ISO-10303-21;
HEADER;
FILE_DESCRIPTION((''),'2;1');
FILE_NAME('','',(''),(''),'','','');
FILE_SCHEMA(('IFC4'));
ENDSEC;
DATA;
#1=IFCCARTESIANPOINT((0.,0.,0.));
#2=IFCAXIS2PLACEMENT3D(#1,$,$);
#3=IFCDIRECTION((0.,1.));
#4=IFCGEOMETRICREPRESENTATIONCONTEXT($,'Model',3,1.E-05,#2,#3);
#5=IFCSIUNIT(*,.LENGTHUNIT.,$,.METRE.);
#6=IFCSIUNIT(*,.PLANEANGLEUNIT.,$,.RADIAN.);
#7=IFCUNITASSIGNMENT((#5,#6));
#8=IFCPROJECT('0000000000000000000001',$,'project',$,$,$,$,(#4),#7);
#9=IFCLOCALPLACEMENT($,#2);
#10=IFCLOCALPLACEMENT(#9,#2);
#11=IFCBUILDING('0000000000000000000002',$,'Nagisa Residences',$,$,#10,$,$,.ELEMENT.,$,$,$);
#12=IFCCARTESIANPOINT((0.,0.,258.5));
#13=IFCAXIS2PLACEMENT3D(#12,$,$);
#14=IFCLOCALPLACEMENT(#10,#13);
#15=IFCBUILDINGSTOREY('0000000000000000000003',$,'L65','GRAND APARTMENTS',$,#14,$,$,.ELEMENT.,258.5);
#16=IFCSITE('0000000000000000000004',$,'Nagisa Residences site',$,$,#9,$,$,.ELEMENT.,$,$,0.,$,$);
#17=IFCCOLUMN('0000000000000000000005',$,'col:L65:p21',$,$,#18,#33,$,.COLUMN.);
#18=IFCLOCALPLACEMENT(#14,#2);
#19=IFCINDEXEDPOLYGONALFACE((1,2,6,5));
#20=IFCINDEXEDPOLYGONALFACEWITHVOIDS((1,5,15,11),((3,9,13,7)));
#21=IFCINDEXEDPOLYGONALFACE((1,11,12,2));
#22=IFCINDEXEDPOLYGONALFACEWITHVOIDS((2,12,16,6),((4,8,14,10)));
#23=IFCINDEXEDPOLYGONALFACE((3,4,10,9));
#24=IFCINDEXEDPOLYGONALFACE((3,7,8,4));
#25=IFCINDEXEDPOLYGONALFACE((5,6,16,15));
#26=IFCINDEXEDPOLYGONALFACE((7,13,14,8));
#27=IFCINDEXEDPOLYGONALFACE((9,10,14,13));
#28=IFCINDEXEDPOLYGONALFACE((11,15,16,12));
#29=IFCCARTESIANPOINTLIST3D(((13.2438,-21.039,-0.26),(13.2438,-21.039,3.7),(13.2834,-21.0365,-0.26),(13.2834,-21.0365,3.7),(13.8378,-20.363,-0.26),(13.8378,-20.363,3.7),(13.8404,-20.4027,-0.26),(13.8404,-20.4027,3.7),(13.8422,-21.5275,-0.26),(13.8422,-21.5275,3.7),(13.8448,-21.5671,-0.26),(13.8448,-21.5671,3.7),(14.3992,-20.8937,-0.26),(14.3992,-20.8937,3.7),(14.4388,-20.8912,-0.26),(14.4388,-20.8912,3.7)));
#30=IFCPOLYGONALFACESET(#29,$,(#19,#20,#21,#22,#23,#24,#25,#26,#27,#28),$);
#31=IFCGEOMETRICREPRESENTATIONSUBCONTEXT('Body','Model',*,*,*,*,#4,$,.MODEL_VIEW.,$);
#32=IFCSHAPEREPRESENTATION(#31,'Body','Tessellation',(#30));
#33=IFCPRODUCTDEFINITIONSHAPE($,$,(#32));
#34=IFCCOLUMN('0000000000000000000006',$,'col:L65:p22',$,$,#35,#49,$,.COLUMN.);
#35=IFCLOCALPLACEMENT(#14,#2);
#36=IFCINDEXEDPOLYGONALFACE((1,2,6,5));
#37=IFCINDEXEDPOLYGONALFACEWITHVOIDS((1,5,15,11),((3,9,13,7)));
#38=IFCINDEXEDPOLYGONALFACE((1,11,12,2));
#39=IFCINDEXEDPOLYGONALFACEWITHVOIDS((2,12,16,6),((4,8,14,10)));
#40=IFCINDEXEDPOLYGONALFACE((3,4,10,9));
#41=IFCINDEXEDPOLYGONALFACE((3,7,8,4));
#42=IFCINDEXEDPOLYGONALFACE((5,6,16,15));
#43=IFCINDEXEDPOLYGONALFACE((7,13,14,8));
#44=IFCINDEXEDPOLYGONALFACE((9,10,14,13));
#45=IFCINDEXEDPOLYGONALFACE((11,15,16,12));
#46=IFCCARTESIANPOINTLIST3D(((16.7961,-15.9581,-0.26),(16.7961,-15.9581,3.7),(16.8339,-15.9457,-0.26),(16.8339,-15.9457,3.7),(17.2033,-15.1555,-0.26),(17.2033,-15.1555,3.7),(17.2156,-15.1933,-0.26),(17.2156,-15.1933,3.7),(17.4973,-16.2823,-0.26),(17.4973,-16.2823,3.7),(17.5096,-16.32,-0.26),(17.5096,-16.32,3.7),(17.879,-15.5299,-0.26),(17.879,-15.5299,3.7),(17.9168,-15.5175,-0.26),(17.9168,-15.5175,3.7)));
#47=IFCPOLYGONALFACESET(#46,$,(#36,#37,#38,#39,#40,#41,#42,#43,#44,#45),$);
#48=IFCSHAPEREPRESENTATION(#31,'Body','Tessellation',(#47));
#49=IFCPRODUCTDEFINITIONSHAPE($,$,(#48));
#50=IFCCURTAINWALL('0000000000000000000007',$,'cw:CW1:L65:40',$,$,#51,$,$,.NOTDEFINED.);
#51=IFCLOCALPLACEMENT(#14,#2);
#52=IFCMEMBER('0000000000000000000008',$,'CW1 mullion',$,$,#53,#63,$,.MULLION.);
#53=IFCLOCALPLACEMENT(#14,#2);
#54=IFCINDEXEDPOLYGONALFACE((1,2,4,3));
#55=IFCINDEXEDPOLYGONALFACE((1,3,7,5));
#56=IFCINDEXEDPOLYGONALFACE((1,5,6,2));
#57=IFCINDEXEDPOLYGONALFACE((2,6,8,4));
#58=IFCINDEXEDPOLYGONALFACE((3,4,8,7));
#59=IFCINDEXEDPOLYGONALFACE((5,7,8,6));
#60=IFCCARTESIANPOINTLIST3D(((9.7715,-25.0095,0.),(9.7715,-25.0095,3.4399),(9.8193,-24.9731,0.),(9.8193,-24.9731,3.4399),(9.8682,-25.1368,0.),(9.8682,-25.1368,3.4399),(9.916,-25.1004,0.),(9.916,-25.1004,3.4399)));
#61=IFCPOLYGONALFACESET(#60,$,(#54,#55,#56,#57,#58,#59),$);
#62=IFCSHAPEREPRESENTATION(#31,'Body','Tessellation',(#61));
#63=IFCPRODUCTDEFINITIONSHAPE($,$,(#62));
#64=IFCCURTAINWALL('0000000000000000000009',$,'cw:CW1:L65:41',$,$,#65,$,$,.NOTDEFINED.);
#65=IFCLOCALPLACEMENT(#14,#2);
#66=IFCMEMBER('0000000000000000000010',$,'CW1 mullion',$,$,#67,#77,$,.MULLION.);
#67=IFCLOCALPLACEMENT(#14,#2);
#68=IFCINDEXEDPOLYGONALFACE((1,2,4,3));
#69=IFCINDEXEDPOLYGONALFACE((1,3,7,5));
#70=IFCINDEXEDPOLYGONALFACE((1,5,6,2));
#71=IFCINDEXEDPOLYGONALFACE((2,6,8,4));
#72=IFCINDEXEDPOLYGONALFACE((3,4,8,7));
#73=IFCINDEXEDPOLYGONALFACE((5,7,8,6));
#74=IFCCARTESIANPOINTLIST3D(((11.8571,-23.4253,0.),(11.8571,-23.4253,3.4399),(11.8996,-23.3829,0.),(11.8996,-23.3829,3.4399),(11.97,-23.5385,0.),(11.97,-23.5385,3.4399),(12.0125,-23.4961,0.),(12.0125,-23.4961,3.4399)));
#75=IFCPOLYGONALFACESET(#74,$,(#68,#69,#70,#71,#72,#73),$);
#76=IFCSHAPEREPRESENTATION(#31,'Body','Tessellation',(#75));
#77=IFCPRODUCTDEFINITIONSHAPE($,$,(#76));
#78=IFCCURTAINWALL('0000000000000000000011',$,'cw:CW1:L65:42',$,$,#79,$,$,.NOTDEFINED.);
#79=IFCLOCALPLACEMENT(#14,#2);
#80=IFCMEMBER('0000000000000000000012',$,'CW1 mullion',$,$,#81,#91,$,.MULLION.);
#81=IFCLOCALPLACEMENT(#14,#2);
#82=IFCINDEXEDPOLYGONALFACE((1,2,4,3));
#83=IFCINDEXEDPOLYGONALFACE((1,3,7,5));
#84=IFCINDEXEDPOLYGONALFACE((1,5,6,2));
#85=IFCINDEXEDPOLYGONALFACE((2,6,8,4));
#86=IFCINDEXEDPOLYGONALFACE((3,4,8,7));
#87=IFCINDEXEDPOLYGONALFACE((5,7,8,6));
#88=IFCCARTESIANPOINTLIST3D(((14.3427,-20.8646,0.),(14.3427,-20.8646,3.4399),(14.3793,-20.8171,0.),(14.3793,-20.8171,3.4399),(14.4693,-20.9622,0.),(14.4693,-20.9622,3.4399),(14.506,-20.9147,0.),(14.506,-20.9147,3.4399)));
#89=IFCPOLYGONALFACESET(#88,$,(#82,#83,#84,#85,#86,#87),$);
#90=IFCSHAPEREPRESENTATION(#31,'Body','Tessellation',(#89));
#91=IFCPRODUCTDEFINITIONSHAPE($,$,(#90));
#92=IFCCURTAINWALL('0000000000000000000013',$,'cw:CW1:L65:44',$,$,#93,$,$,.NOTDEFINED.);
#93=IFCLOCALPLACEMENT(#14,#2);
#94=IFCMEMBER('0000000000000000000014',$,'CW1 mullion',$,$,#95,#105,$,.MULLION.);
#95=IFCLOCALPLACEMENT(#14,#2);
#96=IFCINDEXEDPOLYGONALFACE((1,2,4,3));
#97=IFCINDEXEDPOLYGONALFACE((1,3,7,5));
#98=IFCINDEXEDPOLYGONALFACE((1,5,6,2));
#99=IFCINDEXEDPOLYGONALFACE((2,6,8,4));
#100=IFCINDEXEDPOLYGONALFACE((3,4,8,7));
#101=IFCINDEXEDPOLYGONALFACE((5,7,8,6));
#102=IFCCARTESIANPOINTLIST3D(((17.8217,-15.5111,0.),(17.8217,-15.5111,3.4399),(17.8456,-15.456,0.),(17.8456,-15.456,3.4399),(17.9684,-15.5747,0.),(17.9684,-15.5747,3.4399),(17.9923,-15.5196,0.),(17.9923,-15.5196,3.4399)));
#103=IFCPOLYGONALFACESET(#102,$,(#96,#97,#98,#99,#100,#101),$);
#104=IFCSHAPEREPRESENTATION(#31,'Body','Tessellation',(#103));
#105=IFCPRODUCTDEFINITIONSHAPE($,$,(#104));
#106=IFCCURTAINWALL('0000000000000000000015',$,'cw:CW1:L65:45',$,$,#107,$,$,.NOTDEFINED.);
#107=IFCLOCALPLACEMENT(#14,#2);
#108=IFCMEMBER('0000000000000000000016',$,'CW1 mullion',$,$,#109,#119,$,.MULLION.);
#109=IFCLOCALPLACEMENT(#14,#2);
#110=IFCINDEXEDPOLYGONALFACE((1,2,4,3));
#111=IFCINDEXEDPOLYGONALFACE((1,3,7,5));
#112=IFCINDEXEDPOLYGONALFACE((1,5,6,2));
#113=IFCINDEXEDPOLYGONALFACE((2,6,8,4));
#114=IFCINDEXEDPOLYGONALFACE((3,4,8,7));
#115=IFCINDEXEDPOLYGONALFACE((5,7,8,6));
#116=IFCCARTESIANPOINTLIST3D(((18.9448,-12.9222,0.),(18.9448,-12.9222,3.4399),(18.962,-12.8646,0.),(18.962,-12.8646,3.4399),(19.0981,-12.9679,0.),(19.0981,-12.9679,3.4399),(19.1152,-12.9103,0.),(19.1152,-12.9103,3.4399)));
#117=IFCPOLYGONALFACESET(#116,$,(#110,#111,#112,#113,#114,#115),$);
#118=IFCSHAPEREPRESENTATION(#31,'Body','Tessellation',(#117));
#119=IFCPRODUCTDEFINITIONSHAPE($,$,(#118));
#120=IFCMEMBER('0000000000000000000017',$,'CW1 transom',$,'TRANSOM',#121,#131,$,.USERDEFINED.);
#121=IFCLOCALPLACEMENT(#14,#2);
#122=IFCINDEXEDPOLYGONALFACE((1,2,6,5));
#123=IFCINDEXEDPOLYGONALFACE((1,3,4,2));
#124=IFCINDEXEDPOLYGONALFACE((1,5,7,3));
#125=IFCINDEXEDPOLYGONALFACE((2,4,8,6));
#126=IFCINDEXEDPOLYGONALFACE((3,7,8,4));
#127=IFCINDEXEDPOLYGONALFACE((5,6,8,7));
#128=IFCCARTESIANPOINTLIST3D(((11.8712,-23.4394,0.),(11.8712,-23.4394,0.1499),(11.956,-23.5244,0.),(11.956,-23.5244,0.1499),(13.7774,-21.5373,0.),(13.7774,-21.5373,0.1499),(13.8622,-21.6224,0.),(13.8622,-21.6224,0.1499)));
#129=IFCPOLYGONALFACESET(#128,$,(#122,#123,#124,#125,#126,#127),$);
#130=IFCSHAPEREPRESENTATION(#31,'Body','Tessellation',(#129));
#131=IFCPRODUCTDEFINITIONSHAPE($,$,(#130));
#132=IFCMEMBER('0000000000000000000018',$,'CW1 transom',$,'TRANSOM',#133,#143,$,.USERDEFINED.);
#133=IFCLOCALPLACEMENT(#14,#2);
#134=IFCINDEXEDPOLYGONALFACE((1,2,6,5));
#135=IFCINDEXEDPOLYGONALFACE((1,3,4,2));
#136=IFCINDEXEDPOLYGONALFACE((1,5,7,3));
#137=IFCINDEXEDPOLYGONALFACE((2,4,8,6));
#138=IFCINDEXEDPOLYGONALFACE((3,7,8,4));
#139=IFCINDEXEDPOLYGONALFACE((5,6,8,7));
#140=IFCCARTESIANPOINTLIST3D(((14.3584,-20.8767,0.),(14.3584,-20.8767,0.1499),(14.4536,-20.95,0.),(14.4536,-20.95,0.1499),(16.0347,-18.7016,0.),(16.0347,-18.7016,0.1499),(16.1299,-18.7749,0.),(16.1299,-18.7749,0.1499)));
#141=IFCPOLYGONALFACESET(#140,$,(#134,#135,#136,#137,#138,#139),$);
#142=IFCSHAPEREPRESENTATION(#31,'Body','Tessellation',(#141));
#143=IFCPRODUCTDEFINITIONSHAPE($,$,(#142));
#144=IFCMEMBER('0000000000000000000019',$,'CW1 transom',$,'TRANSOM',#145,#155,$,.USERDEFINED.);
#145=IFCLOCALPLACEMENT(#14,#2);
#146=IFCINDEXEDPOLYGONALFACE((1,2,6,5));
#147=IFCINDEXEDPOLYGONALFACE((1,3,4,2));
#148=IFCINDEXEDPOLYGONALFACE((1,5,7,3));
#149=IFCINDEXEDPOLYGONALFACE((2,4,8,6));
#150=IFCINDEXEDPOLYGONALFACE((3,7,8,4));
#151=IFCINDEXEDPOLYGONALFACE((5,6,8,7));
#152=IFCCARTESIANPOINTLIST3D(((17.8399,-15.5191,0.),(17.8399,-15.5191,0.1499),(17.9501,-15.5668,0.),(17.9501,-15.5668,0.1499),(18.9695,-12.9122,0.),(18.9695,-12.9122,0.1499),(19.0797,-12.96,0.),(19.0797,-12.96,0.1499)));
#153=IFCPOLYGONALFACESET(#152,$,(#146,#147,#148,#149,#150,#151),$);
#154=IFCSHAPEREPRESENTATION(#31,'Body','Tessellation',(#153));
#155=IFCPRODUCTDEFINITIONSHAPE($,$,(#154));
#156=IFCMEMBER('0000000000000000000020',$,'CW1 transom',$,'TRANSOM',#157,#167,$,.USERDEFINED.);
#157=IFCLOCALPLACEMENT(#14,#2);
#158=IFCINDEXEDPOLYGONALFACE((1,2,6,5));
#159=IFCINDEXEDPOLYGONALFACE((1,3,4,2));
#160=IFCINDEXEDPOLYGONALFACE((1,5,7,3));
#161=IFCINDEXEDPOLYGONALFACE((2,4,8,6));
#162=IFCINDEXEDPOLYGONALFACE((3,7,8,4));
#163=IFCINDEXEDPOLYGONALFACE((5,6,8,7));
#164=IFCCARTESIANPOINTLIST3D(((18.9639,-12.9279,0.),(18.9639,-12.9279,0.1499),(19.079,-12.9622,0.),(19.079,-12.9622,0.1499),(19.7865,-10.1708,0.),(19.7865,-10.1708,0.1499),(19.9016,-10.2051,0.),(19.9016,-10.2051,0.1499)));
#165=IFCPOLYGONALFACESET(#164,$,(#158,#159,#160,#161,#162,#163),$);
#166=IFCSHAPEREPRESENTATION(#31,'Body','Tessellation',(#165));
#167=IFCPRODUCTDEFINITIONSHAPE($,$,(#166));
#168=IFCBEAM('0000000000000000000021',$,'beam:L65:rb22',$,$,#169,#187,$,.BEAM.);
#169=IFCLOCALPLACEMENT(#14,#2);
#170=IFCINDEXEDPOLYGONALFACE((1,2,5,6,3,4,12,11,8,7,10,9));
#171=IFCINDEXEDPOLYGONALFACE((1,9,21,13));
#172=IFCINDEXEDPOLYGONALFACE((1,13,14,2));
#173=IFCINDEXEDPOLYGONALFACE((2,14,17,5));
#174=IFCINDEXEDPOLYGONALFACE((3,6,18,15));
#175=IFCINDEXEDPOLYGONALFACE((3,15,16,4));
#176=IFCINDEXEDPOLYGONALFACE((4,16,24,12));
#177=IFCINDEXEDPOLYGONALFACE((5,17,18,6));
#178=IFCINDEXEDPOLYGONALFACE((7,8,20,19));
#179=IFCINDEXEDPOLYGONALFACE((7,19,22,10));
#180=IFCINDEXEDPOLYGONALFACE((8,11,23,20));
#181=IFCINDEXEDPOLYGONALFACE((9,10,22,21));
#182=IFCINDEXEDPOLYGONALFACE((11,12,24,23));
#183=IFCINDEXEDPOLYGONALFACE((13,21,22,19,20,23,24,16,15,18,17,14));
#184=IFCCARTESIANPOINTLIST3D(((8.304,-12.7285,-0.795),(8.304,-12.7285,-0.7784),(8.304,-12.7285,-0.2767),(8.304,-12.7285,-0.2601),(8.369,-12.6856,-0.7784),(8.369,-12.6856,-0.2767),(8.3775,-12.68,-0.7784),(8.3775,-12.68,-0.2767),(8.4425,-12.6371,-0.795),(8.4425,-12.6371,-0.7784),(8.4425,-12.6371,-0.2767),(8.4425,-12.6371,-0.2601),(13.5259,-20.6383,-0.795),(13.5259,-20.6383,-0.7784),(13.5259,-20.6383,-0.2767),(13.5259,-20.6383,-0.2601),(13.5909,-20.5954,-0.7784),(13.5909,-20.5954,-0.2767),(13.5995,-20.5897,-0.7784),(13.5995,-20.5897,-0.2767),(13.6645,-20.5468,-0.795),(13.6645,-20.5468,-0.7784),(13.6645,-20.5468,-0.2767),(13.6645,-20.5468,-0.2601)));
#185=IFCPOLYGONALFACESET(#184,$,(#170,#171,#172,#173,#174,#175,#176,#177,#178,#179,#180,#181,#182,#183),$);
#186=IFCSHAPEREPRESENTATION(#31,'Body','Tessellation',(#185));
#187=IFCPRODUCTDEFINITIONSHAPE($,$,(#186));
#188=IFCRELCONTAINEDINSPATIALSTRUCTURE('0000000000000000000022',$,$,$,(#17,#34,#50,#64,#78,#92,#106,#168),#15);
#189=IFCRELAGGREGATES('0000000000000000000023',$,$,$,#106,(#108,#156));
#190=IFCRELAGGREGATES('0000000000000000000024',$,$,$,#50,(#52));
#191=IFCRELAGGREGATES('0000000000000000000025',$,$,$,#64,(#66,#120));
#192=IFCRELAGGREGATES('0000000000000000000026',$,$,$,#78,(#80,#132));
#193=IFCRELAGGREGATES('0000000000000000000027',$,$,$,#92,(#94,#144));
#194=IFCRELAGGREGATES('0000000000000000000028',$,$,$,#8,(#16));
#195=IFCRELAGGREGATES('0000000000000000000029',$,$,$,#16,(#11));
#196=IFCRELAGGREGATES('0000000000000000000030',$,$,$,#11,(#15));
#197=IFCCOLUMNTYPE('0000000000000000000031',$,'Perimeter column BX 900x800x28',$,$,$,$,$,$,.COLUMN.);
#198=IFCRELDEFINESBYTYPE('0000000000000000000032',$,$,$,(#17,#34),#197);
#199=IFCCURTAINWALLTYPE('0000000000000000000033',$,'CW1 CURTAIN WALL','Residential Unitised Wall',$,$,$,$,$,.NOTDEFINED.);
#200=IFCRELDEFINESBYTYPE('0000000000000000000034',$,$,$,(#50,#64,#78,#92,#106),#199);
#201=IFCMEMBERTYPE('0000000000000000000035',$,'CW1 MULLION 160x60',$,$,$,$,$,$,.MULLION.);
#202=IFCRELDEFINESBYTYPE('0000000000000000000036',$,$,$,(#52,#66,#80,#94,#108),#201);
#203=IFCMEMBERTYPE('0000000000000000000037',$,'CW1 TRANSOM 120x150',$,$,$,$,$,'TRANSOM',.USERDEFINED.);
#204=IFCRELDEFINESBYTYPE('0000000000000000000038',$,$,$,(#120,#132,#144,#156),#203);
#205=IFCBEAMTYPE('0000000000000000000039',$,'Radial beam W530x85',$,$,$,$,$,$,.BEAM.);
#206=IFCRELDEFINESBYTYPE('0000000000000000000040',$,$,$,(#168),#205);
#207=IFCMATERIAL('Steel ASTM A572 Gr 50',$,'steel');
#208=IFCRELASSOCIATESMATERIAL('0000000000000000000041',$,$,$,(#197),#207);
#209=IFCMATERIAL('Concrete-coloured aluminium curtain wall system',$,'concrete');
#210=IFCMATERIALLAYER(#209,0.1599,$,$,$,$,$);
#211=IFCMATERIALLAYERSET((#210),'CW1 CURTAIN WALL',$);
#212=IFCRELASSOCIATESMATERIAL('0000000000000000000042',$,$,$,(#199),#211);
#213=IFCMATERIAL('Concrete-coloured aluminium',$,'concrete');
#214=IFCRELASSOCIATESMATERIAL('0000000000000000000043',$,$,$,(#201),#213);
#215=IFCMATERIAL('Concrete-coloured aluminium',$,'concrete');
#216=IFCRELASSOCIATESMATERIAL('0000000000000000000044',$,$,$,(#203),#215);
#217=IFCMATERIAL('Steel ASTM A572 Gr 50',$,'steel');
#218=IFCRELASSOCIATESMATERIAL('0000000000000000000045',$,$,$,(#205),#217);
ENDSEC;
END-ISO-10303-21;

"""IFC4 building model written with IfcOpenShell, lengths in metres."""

from ifc_helpers import new_model, si_unit, direction, frame, origin, origin_2d, place, context, subcontext, project, spatial, rectangle, hollow_rectangle, i_section, extrude, material, layer, layer_set, material_profile, profile_set, type_object, element, aggregate, save


model = new_model("IFC4")

# Units and contexts
model_context = context("Model", 3, precision=1e-05, world=origin(), true_north=direction((0.0, 1.0)))
body_context = subcontext(model_context, "Body", "Model", "MODEL_VIEW")
ifc_project = project(units=[si_unit("LENGTHUNIT", "METRE"), si_unit("PLANEANGLEUNIT", "RADIAN")], contexts=[model_context])

# Site, building, storey
site_placement = place(None, origin())
site = spatial("IfcSite", under=ifc_project, at=site_placement, Name="Nagisa Residences site", CompositionType="ELEMENT", RefElevation=0.0)
building_placement = place(site_placement, origin())
building = spatial("IfcBuilding", under=site, at=building_placement, Name="Nagisa Residences", CompositionType="ELEMENT")
storey_placement = place(building_placement, frame((0.0, 0.0, 258.5)))
storey = spatial("IfcBuildingStorey", under=building, at=storey_placement, Name="L65", Description="GRAND APARTMENTS", CompositionType="ELEMENT", Elevation=258.5)

# Columns
ifc_material_1 = material(Name="Steel ASTM A572 Gr 50", Category="steel")
ifc_material_profile_1 = material_profile(ifc_material_1, hollow_rectangle(XDim=0.8999, YDim=0.8, WallThickness=0.0281, at=origin_2d()), Name="BX 900x800x28")
ifc_profile_set_1 = profile_set([ifc_material_profile_1], Name="Steel ASTM A572 Gr 50")
column_type = type_object("IfcColumnType", Name="Perimeter column BX 900x800x28", PredefinedType="COLUMN", material=ifc_profile_set_1)
for number, where, z_axis, x_axis, name in (
    (1, (13.8413, -20.9651, -0.26), (0.0, 0.0, 1.0), (0.660115, 0.751165, 0.0), "col:L65:p21"),
    (2, (17.3564, -15.7378, -0.26), (0.0, 0.0, 1.0), (0.452463, 0.891783, 0.0), "col:L65:p22"),
):
    element("IfcColumn", number, at=place(storey_placement, frame(where, z_axis=z_axis, x_axis=x_axis)), inside=storey, type_object=column_type, Name=name, PredefinedType="COLUMN", context=body_context, shape_type="SweptSolid", body=[
        extrude(hollow_rectangle(XDim=0.8999, YDim=0.8, WallThickness=0.0281, at=origin_2d()), origin(), (0.0, 0.0, 1.0), 3.96),
    ])

# Curtain walls, members
ifc_material_2 = material(Name="Concrete-coloured aluminium curtain wall system", Category="concrete")
ifc_layer_1 = layer(ifc_material_2, 0.1599)
ifc_layer_set_1 = layer_set([ifc_layer_1], Name="CW1 CURTAIN WALL")
curtain_wall_type = type_object("IfcCurtainWallType", Name="CW1 CURTAIN WALL", Description="Residential Unitised Wall", PredefinedType="NOTDEFINED", material=ifc_layer_set_1)
curtain_wall_1_placement = place(storey_placement, origin())
curtain_wall_1 = element("IfcCurtainWall", 3, at=curtain_wall_1_placement, inside=storey, type_object=curtain_wall_type, Name="cw:CW1:L65:40", PredefinedType="NOTDEFINED")
ifc_material_3 = material(Name="Concrete-coloured aluminium", Category="concrete")
ifc_material_profile_2 = material_profile(ifc_material_3, rectangle(XDim=0.1599, YDim=0.0601, at=origin_2d()), Name="CW1 MULLION 160x60")
ifc_profile_set_2 = profile_set([ifc_material_profile_2], Name="Concrete-coloured aluminium")
member_type_1 = type_object("IfcMemberType", Name="CW1 MULLION 160x60", PredefinedType="MULLION", material=ifc_profile_set_2)
member_1_placement = place(storey_placement, frame((9.8438, -25.0549, 0.0), z_axis=(0.0, 0.0, 1.0), x_axis=(-0.605255, 0.796031, 0.0)))
member_1 = element("IfcMember", 4, at=member_1_placement, type_object=member_type_1, Name="CW1 mullion", PredefinedType="MULLION", context=body_context, shape_type="SweptSolid", body=[
    extrude(rectangle(XDim=0.1599, YDim=0.0601, at=origin_2d()), origin(), (0.0, 0.0, 1.0), 3.4399),
])
curtain_wall_2_placement = place(storey_placement, origin())
curtain_wall_2 = element("IfcCurtainWall", 5, at=curtain_wall_2_placement, inside=storey, type_object=curtain_wall_type, Name="cw:CW1:L65:41", PredefinedType="NOTDEFINED")
member_2_placement = place(storey_placement, frame((11.9348, -23.4607, 0.0), z_axis=(0.0, 0.0, 1.0), x_axis=(-0.706377, 0.707836, 0.0)))
member_2 = element("IfcMember", 6, at=member_2_placement, type_object=member_type_1, Name="CW1 mullion", PredefinedType="MULLION", context=body_context, shape_type="SweptSolid", body=[
    extrude(rectangle(XDim=0.1599, YDim=0.0601, at=origin_2d()), origin(), (0.0, 0.0, 1.0), 3.4399),
])
curtain_wall_3_placement = place(storey_placement, origin())
curtain_wall_3 = element("IfcCurtainWall", 7, at=curtain_wall_3_placement, inside=storey, type_object=curtain_wall_type, Name="cw:CW1:L65:42", PredefinedType="NOTDEFINED")
member_3_placement = place(storey_placement, frame((14.4243, -20.8896, 0.0), z_axis=(0.0, 0.0, 1.0), x_axis=(-0.79207, 0.61043, 0.0)))
member_3 = element("IfcMember", 8, at=member_3_placement, type_object=member_type_1, Name="CW1 mullion", PredefinedType="MULLION", context=body_context, shape_type="SweptSolid", body=[
    extrude(rectangle(XDim=0.1599, YDim=0.0601, at=origin_2d()), origin(), (0.0, 0.0, 1.0), 3.4399),
])
curtain_wall_4_placement = place(storey_placement, origin())
curtain_wall_4 = element("IfcCurtainWall", 9, at=curtain_wall_4_placement, inside=storey, type_object=curtain_wall_type, Name="cw:CW1:L65:44", PredefinedType="NOTDEFINED")
member_4_placement = place(storey_placement, frame((17.907, -15.5154, 0.0), z_axis=(0.0, 0.0, 1.0), x_axis=(-0.917543, 0.397636, 0.0)))
member_4 = element("IfcMember", 10, at=member_4_placement, type_object=member_type_1, Name="CW1 mullion", PredefinedType="MULLION", context=body_context, shape_type="SweptSolid", body=[
    extrude(rectangle(XDim=0.1599, YDim=0.0601, at=origin_2d()), origin(), (0.0, 0.0, 1.0), 3.4399),
])
curtain_wall_5_placement = place(storey_placement, origin())
curtain_wall_5 = element("IfcCurtainWall", 11, at=curtain_wall_5_placement, inside=storey, type_object=curtain_wall_type, Name="cw:CW1:L65:45", PredefinedType="NOTDEFINED")
member_5_placement = place(storey_placement, frame((19.03, -12.9163, 0.0), z_axis=(0.0, 0.0, 1.0), x_axis=(-0.958271, 0.28586, 0.0)))
member_5 = element("IfcMember", 12, at=member_5_placement, type_object=member_type_1, Name="CW1 mullion", PredefinedType="MULLION", context=body_context, shape_type="SweptSolid", body=[
    extrude(rectangle(XDim=0.1599, YDim=0.0601, at=origin_2d()), origin(), (0.0, 0.0, 1.0), 3.4399),
])

# Members
ifc_material_4 = material(Name="Concrete-coloured aluminium", Category="concrete")
ifc_material_profile_3 = material_profile(ifc_material_4, rectangle(XDim=0.1201, YDim=0.1499, at=origin_2d()), Name="CW1 TRANSOM 120x150")
ifc_profile_set_3 = profile_set([ifc_material_profile_3], Name="Concrete-coloured aluminium")
member_type_2 = type_object("IfcMemberType", Name="CW1 TRANSOM 120x150", ElementType="TRANSOM", PredefinedType="USERDEFINED", material=ifc_profile_set_3)
member_6_placement = place(storey_placement, frame((11.9136, -23.4819, 0.075), z_axis=(0.707877, 0.706336, 0.0), x_axis=(-0.706336, 0.707877, 0.0)))
member_6 = element("IfcMember", 13, at=member_6_placement, type_object=member_type_2, Name="CW1 transom", ObjectType="TRANSOM", PredefinedType="USERDEFINED", context=body_context, shape_type="SweptSolid", body=[
    extrude(rectangle(XDim=0.1201, YDim=0.1499, at=origin_2d()), origin(), (0.0, 0.0, 1.0), 2.6929),
])
member_7_placement = place(storey_placement, frame((14.406, -20.9133, 0.075), z_axis=(0.610432, 0.792068, 0.0), x_axis=(-0.792068, 0.610432, 0.0)))
member_7 = element("IfcMember", 14, at=member_7_placement, type_object=member_type_2, Name="CW1 transom", ObjectType="TRANSOM", PredefinedType="USERDEFINED", context=body_context, shape_type="SweptSolid", body=[
    extrude(rectangle(XDim=0.1201, YDim=0.1499, at=origin_2d()), origin(), (0.0, 0.0, 1.0), 2.7461),
])
member_8_placement = place(storey_placement, frame((17.895, -15.543, 0.075), z_axis=(0.397598, 0.91756, 0.0), x_axis=(-0.91756, 0.397598, 0.0)))
member_8 = element("IfcMember", 15, at=member_8_placement, type_object=member_type_2, Name="CW1 transom", ObjectType="TRANSOM", PredefinedType="USERDEFINED", context=body_context, shape_type="SweptSolid", body=[
    extrude(rectangle(XDim=0.1201, YDim=0.1499, at=origin_2d()), origin(), (0.0, 0.0, 1.0), 2.8411),
])
member_9_placement = place(storey_placement, frame((19.0215, -12.9451, 0.075), z_axis=(0.285876, 0.958267, 0.0), x_axis=(-0.958267, 0.285876, 0.0)))
member_9 = element("IfcMember", 16, at=member_9_placement, type_object=member_type_2, Name="CW1 transom", ObjectType="TRANSOM", PredefinedType="USERDEFINED", context=body_context, shape_type="SweptSolid", body=[
    extrude(rectangle(XDim=0.1201, YDim=0.1499, at=origin_2d()), origin(), (0.0, 0.0, 1.0), 2.8772),
])
aggregate(curtain_wall_5, [member_5, member_9])

# Beam
ifc_material_5 = material(Name="Steel ASTM A572 Gr 50", Category="steel")
ifc_material_profile_4 = material_profile(ifc_material_5, i_section(OverallWidth=0.166, OverallDepth=0.5349, WebThickness=0.0103, FlangeThickness=0.0166, at=origin_2d()), Name="W530x85")
ifc_profile_set_4 = profile_set([ifc_material_profile_4], Name="Steel ASTM A572 Gr 50")
beam_type = type_object("IfcBeamType", Name="Radial beam W530x85", PredefinedType="BEAM", material=ifc_profile_set_4)
beam_1_placement = place(storey_placement, frame((13.5952, -20.5925, -0.5276), z_axis=(-0.550956, 0.834535, 0.0), x_axis=(-0.834535, -0.550956, 0.0)))
element("IfcBeam", 17, at=beam_1_placement, inside=storey, type_object=beam_type, Name="beam:L65:rb22", PredefinedType="BEAM", context=body_context, shape_type="SweptSolid", body=[
    extrude(i_section(OverallWidth=0.166, OverallDepth=0.5349, WebThickness=0.0103, FlangeThickness=0.0166, at=origin_2d()), origin(), (0.0, 0.0, 1.0), 9.478),
])

aggregate(curtain_wall_1, [member_1])
aggregate(curtain_wall_2, [member_2, member_6])
aggregate(curtain_wall_3, [member_3, member_7])
aggregate(curtain_wall_4, [member_4, member_8])

save(model, "model.ifc")
